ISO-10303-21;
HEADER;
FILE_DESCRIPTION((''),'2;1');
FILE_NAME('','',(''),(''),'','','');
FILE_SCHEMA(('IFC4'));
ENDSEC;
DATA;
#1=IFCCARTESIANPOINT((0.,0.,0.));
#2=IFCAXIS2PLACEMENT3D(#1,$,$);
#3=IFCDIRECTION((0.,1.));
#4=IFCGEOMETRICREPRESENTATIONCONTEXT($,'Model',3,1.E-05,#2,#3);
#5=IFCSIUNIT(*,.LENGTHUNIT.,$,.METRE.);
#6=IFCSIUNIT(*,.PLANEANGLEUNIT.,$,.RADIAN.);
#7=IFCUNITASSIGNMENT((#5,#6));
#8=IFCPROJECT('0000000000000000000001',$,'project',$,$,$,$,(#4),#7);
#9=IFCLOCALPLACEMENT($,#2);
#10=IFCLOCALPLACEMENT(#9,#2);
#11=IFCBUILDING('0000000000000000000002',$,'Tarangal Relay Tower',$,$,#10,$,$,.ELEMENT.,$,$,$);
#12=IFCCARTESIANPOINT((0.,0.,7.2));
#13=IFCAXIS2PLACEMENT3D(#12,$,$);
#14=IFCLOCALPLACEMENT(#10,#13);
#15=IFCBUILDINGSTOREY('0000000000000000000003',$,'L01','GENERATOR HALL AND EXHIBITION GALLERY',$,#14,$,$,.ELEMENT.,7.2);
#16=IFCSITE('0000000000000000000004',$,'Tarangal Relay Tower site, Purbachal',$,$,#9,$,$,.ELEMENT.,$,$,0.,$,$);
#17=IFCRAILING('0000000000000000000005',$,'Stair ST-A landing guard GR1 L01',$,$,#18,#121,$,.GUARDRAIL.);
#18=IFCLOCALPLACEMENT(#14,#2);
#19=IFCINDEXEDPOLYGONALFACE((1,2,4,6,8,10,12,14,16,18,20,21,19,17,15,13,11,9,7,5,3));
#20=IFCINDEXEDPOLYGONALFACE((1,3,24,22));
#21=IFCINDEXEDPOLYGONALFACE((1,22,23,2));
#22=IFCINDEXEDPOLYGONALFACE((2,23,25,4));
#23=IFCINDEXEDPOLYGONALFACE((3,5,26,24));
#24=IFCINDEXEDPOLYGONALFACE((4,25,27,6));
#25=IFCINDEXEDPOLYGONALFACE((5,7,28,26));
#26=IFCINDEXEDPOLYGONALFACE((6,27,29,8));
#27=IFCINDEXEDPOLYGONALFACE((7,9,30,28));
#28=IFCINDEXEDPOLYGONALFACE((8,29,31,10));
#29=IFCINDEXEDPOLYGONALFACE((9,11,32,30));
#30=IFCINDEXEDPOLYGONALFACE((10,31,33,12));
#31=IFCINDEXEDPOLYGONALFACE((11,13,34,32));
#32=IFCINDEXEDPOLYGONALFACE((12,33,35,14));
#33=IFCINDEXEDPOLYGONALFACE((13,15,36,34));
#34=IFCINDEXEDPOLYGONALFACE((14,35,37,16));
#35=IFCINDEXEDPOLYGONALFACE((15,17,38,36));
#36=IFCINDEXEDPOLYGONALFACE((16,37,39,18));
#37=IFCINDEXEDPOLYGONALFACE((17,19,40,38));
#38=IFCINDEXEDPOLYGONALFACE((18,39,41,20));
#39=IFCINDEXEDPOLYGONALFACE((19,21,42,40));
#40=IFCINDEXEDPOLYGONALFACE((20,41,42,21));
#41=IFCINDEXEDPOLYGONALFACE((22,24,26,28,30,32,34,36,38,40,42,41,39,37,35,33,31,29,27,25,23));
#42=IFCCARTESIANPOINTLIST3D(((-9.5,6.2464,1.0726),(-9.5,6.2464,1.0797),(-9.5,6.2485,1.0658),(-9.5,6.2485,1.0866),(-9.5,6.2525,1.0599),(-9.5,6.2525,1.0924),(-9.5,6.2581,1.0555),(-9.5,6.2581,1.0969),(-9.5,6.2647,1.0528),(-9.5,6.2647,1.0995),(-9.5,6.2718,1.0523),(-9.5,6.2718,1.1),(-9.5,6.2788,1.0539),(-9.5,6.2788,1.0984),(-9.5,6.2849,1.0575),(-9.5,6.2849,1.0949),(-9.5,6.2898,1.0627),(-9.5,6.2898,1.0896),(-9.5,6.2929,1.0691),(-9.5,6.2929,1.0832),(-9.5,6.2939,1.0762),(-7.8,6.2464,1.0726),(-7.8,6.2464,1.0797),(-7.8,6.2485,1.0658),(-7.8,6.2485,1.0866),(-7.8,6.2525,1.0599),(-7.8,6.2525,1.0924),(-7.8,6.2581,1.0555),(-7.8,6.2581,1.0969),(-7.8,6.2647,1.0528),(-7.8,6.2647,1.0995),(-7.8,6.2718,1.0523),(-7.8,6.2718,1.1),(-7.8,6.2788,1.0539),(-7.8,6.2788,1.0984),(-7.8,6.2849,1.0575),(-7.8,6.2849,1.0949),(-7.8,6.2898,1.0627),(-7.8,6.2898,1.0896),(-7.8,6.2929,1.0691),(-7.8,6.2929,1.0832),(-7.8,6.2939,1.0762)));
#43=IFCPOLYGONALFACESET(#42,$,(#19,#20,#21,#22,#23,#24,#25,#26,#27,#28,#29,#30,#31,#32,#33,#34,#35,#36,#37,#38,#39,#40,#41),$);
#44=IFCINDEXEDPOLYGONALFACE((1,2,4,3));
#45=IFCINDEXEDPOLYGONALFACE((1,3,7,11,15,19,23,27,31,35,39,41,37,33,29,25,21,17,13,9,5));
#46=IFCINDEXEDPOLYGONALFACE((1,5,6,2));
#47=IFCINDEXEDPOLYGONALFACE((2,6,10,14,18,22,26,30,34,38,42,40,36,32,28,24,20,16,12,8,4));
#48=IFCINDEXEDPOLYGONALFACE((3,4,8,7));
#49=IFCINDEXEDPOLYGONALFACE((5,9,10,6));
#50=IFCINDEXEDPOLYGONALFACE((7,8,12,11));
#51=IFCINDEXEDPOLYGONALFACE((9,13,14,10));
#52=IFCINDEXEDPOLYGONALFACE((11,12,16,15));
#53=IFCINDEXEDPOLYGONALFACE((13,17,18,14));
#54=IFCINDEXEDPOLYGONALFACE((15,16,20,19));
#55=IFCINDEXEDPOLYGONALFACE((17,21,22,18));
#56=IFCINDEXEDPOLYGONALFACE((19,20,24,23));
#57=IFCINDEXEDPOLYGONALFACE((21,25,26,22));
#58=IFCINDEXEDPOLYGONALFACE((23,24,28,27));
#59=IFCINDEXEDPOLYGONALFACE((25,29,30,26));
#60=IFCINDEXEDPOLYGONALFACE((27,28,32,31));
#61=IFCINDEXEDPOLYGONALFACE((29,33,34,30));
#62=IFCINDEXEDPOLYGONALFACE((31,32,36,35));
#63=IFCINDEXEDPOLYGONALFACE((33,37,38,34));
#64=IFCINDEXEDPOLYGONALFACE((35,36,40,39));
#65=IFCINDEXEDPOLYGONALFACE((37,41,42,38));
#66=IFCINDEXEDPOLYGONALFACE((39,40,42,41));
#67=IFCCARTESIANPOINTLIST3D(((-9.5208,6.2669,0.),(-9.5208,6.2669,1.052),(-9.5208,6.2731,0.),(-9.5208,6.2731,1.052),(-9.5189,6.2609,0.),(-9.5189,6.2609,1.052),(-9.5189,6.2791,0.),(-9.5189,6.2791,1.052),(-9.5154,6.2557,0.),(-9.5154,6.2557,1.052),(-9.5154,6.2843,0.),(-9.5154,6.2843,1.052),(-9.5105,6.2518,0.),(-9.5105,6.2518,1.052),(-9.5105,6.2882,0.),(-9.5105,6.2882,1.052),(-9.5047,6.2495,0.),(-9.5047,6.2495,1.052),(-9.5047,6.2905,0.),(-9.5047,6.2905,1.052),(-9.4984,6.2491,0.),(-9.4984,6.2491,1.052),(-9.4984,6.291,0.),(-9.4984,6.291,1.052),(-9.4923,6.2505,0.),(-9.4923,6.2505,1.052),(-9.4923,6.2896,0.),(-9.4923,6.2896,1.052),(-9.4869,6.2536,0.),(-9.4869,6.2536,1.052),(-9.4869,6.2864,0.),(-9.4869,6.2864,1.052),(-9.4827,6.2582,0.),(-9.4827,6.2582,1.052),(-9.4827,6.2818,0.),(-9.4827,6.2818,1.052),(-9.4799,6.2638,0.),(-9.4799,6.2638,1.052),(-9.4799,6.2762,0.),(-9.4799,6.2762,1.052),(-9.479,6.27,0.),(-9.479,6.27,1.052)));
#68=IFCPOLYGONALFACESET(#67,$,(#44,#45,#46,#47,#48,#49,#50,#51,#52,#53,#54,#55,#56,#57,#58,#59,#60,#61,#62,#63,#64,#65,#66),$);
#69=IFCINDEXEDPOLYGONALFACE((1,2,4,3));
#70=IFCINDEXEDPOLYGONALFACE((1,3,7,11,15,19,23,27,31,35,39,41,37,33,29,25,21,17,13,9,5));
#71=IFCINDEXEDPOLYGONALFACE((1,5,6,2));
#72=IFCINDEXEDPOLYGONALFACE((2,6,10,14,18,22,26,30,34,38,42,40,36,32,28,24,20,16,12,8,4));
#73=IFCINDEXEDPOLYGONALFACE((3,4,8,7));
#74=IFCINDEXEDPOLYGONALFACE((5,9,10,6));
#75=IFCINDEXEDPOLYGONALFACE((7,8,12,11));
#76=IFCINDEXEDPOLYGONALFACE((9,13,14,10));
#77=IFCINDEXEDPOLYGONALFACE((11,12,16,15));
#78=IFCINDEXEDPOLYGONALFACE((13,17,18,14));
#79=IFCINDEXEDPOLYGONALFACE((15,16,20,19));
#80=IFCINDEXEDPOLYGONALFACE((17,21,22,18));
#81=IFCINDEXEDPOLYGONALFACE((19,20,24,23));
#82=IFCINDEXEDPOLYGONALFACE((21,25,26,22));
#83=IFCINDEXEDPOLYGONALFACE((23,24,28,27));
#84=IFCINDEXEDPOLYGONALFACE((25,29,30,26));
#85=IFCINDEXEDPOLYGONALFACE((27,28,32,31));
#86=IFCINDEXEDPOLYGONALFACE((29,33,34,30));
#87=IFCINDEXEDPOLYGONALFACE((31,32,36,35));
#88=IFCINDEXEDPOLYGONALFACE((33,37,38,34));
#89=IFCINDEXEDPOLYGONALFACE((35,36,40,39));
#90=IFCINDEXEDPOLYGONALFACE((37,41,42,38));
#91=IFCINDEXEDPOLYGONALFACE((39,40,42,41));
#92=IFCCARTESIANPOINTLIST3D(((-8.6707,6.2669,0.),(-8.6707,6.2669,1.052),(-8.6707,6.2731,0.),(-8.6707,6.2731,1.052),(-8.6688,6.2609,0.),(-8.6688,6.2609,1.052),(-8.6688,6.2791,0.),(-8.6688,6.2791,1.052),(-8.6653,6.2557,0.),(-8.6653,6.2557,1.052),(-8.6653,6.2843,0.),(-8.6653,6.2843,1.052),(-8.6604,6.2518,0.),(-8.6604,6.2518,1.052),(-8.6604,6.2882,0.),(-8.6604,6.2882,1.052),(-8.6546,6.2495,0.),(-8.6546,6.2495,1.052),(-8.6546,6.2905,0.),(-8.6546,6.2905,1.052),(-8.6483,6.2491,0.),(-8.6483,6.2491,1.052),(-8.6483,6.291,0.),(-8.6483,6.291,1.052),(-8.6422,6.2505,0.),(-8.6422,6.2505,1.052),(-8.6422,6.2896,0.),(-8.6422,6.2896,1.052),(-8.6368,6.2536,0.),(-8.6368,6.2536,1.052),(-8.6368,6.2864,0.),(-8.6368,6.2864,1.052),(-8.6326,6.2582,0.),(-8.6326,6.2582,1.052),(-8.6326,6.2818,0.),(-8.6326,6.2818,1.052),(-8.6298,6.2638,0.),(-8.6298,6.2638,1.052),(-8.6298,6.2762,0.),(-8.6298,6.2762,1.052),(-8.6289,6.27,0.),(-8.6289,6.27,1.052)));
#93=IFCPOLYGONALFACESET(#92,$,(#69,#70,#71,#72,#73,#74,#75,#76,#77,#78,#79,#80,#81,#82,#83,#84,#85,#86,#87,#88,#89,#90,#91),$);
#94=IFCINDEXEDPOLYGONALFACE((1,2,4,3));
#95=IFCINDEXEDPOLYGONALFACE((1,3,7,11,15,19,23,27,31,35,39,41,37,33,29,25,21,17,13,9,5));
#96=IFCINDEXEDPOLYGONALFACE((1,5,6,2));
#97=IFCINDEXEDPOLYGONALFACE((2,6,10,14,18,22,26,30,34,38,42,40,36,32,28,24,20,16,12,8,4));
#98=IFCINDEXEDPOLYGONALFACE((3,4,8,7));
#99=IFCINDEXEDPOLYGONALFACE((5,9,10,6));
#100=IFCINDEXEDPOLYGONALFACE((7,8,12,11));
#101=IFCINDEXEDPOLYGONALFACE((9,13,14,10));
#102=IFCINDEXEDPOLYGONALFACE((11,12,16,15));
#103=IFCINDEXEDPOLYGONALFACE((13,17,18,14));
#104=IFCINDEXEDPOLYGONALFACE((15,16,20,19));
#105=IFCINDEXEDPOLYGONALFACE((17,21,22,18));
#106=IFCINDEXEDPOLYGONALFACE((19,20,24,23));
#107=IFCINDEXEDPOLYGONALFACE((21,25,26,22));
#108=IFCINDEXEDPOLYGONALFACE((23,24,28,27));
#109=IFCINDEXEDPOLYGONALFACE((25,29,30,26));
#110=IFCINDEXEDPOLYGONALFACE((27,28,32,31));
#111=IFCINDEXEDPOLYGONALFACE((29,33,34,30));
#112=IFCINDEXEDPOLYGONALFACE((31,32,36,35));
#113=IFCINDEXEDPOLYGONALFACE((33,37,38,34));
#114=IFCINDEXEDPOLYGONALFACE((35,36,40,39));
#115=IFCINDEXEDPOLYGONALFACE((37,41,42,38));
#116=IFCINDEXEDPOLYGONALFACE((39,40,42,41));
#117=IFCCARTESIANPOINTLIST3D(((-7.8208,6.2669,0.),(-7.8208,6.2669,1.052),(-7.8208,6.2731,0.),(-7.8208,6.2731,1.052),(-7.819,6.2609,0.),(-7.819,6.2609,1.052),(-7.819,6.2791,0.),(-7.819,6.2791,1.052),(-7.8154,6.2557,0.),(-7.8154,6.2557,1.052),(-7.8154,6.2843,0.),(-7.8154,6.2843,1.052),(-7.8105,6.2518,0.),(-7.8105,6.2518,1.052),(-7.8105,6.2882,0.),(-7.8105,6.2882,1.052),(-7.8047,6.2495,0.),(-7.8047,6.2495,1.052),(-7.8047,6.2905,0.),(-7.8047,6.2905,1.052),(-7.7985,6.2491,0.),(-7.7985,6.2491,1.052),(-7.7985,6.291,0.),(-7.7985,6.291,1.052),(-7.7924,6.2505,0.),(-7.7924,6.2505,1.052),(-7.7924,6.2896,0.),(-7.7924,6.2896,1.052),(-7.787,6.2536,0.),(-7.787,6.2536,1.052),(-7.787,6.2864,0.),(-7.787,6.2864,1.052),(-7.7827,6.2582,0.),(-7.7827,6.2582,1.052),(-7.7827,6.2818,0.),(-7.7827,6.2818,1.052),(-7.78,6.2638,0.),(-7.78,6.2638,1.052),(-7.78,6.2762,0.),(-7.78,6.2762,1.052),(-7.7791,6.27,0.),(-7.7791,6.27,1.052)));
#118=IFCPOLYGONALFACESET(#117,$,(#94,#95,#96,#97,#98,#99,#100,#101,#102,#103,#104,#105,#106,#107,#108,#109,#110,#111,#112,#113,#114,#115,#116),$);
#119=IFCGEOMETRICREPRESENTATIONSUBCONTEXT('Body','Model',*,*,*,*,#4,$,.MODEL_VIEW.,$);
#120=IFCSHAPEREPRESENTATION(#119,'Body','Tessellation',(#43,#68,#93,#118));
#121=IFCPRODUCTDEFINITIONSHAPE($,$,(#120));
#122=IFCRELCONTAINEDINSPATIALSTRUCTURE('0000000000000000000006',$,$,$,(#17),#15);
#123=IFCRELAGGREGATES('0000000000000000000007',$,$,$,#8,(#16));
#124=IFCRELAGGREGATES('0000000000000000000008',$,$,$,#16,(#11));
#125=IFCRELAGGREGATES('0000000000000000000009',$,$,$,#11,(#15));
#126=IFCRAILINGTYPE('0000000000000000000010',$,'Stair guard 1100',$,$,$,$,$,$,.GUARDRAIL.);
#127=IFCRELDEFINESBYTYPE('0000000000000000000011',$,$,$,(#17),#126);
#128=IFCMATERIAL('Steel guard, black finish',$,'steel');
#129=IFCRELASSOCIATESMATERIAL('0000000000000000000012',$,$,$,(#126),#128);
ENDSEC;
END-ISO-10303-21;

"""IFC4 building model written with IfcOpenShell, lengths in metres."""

from ifc_helpers import new_model, si_unit, direction, frame, origin, origin_2d, place, context, subcontext, project, spatial, circle, extrude, material, type_object, element, save


model = new_model("IFC4")

# Units and contexts
model_context = context("Model", 3, precision=1e-05, world=origin(), true_north=direction((0.0, 1.0)))
body_context = subcontext(model_context, "Body", "Model", "MODEL_VIEW")
ifc_project = project(units=[si_unit("LENGTHUNIT", "METRE"), si_unit("PLANEANGLEUNIT", "RADIAN")], contexts=[model_context])

# Site, building, storey
site_placement = place(None, origin())
site = spatial("IfcSite", under=ifc_project, at=site_placement, Name="Tarangal Relay Tower site, Purbachal", CompositionType="ELEMENT", RefElevation=0.0)
building_placement = place(site_placement, origin())
building = spatial("IfcBuilding", under=site, at=building_placement, Name="Tarangal Relay Tower", CompositionType="ELEMENT")
storey_placement = place(building_placement, frame((0.0, 0.0, 7.2)))
storey = spatial("IfcBuildingStorey", under=building, at=storey_placement, Name="L01", Description="GENERATOR HALL AND EXHIBITION GALLERY", CompositionType="ELEMENT", Elevation=7.2)

# Railing
ifc_material_1 = material(Name="Steel guard, black finish", Category="steel")
railing_type_1 = type_object("IfcRailingType", Name="Stair guard 1100", PredefinedType="GUARDRAIL", material=ifc_material_1)
railing_placement = place(storey_placement, frame((-9.5, 6.27, 0.0)))
element("IfcRailing", 1, at=railing_placement, inside=storey, type_object=railing_type_1, Name="Stair ST-A landing guard GR1 L01", PredefinedType="GUARDRAIL", context=body_context, shape_type="SweptSolid", body=[
    extrude(circle(Radius=0.0239, at=origin_2d()), frame((0.0, 0.0, 1.0762), z_axis=(1.0, 0.0, 0.0), x_axis=(0.0, 1.0, 0.0)), (0.0, 0.0, 1.0), 1.7),
    extrude(circle(Radius=0.021, at=origin_2d()), origin(), (0.0, 0.0, 1.0), 1.052),
    extrude(circle(Radius=0.021, at=origin_2d()), frame((0.8501, 0.0, 0.0)), (0.0, 0.0, 1.0), 1.052),
    extrude(circle(Radius=0.021, at=origin_2d()), frame((1.7, 0.0, 0.0)), (0.0, 0.0, 1.0), 1.052),
])

save(model, "model.ifc")
